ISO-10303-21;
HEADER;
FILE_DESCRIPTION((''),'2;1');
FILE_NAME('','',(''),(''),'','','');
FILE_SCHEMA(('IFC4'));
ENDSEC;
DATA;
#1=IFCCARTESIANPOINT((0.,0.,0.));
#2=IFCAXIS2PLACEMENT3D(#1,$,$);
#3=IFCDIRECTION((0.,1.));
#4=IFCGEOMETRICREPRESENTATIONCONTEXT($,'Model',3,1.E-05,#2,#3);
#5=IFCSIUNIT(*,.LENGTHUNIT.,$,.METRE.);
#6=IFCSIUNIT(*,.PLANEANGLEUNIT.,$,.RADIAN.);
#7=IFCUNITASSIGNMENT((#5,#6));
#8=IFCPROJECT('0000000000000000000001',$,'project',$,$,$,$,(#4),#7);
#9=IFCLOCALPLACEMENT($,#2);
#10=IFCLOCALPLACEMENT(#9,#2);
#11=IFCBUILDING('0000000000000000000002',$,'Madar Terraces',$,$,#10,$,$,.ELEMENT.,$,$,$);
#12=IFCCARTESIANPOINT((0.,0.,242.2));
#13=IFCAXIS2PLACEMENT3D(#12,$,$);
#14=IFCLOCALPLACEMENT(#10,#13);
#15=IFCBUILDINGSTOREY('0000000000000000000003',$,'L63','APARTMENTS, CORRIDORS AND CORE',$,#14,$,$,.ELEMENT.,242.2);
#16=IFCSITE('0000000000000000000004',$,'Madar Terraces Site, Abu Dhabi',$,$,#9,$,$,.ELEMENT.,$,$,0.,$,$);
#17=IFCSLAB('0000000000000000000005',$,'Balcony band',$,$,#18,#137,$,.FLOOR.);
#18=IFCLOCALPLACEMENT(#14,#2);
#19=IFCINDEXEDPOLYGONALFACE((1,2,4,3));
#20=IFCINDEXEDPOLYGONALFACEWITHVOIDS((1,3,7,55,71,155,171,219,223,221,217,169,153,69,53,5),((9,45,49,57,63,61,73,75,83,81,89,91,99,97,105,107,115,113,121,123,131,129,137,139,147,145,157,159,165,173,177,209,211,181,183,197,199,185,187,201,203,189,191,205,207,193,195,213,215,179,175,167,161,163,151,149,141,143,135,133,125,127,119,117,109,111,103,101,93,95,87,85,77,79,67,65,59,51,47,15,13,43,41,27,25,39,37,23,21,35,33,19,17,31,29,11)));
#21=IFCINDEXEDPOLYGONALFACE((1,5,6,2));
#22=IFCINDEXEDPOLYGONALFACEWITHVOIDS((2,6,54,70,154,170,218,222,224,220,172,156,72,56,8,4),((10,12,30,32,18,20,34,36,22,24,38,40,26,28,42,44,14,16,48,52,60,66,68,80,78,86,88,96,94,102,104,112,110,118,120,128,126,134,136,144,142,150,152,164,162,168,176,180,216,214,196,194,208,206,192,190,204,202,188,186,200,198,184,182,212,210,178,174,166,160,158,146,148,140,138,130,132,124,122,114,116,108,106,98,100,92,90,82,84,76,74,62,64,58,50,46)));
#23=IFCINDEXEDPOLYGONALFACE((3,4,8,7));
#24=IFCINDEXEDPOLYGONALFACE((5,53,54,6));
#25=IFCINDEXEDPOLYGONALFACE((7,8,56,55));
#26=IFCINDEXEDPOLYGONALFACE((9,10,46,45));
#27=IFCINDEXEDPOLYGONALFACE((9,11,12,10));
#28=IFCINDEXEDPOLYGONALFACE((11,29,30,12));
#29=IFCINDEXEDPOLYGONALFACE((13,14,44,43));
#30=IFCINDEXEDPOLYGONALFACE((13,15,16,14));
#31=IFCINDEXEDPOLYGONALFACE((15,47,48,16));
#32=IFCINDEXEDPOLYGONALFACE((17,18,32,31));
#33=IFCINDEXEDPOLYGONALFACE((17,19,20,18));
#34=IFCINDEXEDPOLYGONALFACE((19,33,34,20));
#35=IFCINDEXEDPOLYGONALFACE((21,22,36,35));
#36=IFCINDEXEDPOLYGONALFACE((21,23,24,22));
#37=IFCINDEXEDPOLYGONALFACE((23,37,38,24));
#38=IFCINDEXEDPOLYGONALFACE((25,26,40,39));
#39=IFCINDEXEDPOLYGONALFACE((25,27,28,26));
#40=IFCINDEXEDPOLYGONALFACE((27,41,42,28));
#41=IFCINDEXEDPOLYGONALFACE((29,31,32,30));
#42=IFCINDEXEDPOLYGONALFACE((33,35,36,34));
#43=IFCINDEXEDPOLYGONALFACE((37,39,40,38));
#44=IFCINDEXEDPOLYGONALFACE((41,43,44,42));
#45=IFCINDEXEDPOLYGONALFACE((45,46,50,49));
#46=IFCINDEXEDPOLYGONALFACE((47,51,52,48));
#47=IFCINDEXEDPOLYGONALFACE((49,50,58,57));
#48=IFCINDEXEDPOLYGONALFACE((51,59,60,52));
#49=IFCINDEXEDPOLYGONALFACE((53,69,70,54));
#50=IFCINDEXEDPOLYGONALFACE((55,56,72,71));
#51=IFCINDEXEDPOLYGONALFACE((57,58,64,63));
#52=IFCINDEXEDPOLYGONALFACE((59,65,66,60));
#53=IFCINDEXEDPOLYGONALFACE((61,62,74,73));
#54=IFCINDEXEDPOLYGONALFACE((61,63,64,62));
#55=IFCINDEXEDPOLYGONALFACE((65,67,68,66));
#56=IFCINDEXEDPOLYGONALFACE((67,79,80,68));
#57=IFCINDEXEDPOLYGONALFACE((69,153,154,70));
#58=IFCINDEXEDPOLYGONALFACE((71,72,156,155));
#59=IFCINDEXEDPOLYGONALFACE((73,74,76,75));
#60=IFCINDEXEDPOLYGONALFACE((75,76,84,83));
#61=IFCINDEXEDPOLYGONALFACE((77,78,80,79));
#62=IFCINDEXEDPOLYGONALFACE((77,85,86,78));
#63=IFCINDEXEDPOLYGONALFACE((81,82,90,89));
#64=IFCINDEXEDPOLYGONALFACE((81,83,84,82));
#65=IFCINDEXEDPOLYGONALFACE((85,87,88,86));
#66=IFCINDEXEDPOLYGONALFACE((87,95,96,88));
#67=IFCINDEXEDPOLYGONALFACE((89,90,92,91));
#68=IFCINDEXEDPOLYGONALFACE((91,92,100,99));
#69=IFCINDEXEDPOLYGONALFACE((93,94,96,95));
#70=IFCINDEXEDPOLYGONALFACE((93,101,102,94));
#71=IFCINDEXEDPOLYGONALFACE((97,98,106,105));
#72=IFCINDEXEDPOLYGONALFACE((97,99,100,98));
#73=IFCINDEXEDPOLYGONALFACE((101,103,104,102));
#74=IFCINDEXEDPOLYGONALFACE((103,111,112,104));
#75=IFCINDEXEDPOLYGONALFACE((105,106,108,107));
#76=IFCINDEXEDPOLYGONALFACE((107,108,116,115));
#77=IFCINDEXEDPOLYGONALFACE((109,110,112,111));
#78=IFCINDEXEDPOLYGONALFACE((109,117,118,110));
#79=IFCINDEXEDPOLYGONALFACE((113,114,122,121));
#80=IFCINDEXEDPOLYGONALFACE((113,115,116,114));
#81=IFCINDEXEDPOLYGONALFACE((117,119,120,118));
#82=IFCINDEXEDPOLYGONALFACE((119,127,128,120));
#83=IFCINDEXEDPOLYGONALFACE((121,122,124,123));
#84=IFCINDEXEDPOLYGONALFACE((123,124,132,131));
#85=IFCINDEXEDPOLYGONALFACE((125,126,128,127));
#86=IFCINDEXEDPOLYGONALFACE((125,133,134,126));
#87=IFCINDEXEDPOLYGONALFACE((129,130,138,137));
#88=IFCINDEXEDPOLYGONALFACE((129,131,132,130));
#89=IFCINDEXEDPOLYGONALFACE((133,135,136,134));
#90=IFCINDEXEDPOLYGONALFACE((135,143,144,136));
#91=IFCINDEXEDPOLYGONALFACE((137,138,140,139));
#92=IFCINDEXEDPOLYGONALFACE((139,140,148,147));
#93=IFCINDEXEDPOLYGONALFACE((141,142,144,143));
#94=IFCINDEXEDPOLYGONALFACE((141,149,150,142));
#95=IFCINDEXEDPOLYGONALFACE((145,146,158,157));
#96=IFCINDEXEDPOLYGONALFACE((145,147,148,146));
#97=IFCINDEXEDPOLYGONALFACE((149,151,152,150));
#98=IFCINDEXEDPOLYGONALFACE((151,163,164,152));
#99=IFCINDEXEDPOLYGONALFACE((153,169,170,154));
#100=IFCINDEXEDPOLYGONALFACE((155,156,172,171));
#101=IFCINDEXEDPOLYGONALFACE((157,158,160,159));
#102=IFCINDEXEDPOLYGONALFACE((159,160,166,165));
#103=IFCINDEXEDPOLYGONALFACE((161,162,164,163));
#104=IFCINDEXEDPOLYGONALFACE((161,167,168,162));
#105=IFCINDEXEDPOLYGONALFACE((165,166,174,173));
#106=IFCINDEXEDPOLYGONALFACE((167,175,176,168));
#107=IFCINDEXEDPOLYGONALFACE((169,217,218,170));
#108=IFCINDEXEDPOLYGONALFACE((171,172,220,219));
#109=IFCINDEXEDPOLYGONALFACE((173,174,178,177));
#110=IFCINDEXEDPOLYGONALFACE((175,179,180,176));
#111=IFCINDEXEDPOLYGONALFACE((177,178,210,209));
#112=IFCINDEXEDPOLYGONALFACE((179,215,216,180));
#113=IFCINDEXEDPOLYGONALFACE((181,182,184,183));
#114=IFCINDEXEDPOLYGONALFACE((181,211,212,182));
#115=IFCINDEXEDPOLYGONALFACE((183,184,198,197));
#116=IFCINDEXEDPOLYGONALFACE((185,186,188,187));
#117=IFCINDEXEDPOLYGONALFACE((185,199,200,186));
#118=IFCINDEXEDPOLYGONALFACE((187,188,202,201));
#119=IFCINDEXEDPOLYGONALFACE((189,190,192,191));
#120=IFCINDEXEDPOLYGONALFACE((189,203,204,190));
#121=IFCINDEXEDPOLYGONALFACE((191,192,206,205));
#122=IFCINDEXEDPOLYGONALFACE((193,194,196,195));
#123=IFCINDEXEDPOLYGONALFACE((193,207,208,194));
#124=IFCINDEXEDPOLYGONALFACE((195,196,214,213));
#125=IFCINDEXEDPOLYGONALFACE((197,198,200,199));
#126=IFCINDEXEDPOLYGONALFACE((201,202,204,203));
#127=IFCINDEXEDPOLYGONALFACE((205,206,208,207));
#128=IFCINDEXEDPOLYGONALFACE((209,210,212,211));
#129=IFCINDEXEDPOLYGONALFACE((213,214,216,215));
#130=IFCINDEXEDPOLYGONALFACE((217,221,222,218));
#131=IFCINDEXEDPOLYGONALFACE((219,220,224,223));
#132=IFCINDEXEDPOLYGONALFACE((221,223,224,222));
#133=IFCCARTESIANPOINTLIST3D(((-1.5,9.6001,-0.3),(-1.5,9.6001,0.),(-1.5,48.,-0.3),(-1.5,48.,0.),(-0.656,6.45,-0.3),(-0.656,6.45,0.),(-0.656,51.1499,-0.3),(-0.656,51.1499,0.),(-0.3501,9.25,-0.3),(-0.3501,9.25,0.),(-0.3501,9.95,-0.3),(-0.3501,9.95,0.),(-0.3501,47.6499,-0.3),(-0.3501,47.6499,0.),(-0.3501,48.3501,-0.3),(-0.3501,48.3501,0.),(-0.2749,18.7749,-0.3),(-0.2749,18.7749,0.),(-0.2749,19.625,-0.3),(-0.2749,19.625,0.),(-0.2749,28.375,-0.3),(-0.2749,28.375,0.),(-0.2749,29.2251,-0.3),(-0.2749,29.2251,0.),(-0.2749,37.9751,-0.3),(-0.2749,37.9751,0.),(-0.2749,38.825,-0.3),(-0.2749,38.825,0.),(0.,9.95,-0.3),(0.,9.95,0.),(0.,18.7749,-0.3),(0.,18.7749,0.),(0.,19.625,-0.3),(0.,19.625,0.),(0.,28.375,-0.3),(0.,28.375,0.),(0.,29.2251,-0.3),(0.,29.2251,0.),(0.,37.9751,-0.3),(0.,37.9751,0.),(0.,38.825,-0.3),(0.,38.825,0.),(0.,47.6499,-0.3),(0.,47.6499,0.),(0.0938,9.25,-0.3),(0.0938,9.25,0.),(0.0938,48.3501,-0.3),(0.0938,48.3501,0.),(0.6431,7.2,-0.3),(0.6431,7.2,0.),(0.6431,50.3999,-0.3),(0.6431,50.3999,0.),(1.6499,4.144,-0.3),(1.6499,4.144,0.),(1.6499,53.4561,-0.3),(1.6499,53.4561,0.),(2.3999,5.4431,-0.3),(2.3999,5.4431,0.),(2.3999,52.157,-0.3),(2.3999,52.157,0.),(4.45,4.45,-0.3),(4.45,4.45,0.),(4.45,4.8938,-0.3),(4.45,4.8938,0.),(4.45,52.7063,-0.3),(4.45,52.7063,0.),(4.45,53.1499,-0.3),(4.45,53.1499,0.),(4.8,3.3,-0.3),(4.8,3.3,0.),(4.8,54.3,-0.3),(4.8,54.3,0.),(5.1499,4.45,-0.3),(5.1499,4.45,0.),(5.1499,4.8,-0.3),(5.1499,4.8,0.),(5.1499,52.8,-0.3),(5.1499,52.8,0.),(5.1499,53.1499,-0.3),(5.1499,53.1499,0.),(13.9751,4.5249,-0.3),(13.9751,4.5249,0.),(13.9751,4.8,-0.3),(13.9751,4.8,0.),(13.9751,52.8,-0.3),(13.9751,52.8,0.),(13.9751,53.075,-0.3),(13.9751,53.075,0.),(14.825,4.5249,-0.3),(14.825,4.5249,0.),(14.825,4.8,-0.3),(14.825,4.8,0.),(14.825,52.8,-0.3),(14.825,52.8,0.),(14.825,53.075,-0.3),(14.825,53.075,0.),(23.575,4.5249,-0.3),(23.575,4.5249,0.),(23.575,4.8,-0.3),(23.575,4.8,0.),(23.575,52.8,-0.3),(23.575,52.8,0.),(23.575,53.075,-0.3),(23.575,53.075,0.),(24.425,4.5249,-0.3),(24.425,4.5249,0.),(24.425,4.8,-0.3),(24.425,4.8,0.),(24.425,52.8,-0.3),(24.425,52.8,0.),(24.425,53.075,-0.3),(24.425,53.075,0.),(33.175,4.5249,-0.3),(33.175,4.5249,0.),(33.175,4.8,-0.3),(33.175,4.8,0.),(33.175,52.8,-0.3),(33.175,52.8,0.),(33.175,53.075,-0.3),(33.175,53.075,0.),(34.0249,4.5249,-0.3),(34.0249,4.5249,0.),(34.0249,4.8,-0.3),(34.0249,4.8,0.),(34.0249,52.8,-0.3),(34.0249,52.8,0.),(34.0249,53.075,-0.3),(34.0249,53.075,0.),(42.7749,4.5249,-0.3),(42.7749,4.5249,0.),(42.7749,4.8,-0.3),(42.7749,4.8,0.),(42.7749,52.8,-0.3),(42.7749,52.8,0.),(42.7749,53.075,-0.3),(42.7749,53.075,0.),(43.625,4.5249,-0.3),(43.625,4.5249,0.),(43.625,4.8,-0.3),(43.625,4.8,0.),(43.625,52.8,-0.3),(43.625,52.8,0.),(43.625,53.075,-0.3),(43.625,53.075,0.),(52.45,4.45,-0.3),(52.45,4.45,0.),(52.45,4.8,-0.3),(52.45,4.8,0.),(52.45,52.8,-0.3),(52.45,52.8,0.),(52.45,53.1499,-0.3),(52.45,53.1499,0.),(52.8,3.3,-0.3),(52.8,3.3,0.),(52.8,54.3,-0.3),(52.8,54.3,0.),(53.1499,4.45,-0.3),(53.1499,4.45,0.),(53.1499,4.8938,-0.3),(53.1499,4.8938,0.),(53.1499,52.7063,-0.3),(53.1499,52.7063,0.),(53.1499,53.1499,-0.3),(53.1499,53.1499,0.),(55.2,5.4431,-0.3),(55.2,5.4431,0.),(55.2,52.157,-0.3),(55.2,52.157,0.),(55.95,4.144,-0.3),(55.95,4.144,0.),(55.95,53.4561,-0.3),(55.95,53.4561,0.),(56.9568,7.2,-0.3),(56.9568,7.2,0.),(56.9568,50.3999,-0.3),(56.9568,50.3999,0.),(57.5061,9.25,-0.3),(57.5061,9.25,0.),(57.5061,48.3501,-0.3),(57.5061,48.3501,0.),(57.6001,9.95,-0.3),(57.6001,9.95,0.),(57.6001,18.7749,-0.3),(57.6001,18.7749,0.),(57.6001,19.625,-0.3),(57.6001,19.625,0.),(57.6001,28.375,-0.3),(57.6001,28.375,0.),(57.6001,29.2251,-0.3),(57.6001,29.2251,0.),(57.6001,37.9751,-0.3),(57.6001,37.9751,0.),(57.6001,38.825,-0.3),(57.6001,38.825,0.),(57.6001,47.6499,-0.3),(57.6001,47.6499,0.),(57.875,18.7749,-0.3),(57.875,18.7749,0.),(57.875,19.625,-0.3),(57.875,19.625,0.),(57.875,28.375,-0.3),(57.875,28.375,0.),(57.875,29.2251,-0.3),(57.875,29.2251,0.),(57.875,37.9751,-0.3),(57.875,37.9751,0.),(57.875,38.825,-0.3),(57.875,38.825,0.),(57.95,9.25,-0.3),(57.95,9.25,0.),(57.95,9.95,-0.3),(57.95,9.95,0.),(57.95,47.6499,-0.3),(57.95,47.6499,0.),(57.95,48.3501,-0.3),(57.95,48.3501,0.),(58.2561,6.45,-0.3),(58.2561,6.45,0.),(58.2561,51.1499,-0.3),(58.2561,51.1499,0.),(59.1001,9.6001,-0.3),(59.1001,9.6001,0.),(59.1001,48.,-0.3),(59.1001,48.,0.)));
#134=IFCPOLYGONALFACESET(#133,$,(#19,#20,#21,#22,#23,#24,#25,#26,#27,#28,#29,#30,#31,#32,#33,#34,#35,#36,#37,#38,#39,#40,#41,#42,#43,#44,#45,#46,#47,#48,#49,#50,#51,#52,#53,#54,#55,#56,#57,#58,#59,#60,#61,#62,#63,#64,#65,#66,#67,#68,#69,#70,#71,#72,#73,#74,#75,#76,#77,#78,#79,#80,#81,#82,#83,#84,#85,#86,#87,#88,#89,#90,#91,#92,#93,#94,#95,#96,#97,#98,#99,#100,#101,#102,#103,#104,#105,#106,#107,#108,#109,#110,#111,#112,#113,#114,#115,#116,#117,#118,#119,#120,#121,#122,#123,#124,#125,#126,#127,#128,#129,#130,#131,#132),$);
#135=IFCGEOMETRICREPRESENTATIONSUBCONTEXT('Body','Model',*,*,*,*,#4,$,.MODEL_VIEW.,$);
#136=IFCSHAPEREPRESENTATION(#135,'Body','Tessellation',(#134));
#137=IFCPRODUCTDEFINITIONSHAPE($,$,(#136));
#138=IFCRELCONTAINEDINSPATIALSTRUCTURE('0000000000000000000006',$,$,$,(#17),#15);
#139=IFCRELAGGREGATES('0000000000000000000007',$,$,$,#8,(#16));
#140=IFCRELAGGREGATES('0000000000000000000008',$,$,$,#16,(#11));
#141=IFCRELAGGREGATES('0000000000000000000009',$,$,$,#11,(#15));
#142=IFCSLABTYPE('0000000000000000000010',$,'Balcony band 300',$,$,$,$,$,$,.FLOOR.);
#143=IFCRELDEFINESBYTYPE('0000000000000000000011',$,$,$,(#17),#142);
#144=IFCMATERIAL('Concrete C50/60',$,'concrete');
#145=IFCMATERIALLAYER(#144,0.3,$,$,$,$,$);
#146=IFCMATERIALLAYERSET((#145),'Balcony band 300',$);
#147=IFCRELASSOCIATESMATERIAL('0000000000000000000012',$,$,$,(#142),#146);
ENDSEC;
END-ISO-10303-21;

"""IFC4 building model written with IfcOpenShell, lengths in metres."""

from ifc_helpers import new_model, si_unit, direction, frame, origin, place, context, subcontext, project, spatial, polyline, outline, extrude, material, layer, layer_set, type_object, element, save


model = new_model("IFC4")

# Units and contexts
model_context = context("Model", 3, precision=1e-05, world=origin(), true_north=direction((0.0, 1.0)))
body_context = subcontext(model_context, "Body", "Model", "MODEL_VIEW")
ifc_project = project(units=[si_unit("LENGTHUNIT", "METRE"), si_unit("PLANEANGLEUNIT", "RADIAN")], contexts=[model_context])

# Site, building, storey
site_placement = place(None, origin())
site = spatial("IfcSite", under=ifc_project, at=site_placement, Name="Madar Terraces Site, Abu Dhabi", CompositionType="ELEMENT", RefElevation=0.0)
building_placement = place(site_placement, origin())
building = spatial("IfcBuilding", under=site, at=building_placement, Name="Madar Terraces", CompositionType="ELEMENT")
storey_placement = place(building_placement, frame((0.0, 0.0, 242.2)))
storey = spatial("IfcBuildingStorey", under=building, at=storey_placement, Name="L63", Description="APARTMENTS, CORRIDORS AND CORE", CompositionType="ELEMENT", Elevation=242.2)

# Slab
ifc_material_1 = material(Name="Concrete C50/60", Category="concrete")
ifc_layer_1 = layer(ifc_material_1, 0.3)
ifc_layer_set_1 = layer_set([ifc_layer_1], Name="Balcony band 300")
slab_type_1 = type_object("IfcSlabType", Name="Balcony band 300", PredefinedType="FLOOR", material=ifc_layer_set_1)
slab_1_placement = place(storey_placement, frame((0.0, 0.0, -0.3)))
element("IfcSlab", 1, at=slab_1_placement, inside=storey, type_object=slab_type_1, Name="Balcony band", PredefinedType="FLOOR", context=body_context, shape_type="SweptSolid", body=[
    extrude(outline(polyline([(4.8, 3.3), (1.6499, 4.144), (-0.656, 6.45), (-1.5, 9.6001), (-1.5, 48.0), (-0.656, 51.1499), (1.6499, 53.4561), (4.8, 54.3), (52.8, 54.3), (55.95, 53.4561), (58.2561, 51.1499), (59.1001, 48.0), (59.1001, 9.6001), (58.2561, 6.45), (55.95, 4.144), (52.8, 3.3), (4.8, 3.3)]), holes=[polyline([(5.1499, 4.45), (5.1499, 4.8), (13.9751, 4.8), (13.9751, 4.5249), (14.825, 4.5249), (14.825, 4.8), (23.575, 4.8), (23.575, 4.5249), (24.425, 4.5249), (24.425, 4.8), (33.175, 4.8), (33.175, 4.5249), (34.0249, 4.5249), (34.0249, 4.8), (42.7749, 4.8), (42.7749, 4.5249), (43.625, 4.5249), (43.625, 4.8), (52.45, 4.8), (52.45, 4.45), (53.1499, 4.45), (53.1499, 4.8938), (55.2, 5.4431), (56.9568, 7.2), (57.5061, 9.25), (57.95, 9.25), (57.95, 9.95), (57.6001, 9.95), (57.6001, 18.7749), (57.875, 18.7749), (57.875, 19.625), (57.6001, 19.625), (57.6001, 28.375), (57.875, 28.375), (57.875, 29.2251), (57.6001, 29.2251), (57.6001, 37.9751), (57.875, 37.9751), (57.875, 38.825), (57.6001, 38.825), (57.6001, 47.6499), (57.95, 47.6499), (57.95, 48.3501), (57.5061, 48.3501), (56.9568, 50.3999), (55.2, 52.157), (53.1499, 52.7063), (53.1499, 53.1499), (52.45, 53.1499), (52.45, 52.8), (43.625, 52.8), (43.625, 53.075), (42.7749, 53.075), (42.7749, 52.8), (34.0249, 52.8), (34.0249, 53.075), (33.175, 53.075), (33.175, 52.8), (24.425, 52.8), (24.425, 53.075), (23.575, 53.075), (23.575, 52.8), (14.825, 52.8), (14.825, 53.075), (13.9751, 53.075), (13.9751, 52.8), (5.1499, 52.8), (5.1499, 53.1499), (4.45, 53.1499), (4.45, 52.7063), (2.3999, 52.157), (0.6431, 50.3999), (0.0938, 48.3501), (-0.3501, 48.3501), (-0.3501, 47.6499), (0.0, 47.6499), (0.0, 38.825), (-0.2749, 38.825), (-0.2749, 37.9751), (0.0, 37.9751), (0.0, 29.2251), (-0.2749, 29.2251), (-0.2749, 28.375), (0.0, 28.375), (0.0, 19.625), (-0.2749, 19.625), (-0.2749, 18.7749), (0.0, 18.7749), (0.0, 9.95), (-0.3501, 9.95), (-0.3501, 9.25), (0.0938, 9.25), (0.6431, 7.2), (2.3999, 5.4431), (4.45, 4.8938), (4.45, 4.45), (5.1499, 4.45)])]), origin(), (0.0, 0.0, 1.0), 0.3),
])

save(model, "model.ifc")
